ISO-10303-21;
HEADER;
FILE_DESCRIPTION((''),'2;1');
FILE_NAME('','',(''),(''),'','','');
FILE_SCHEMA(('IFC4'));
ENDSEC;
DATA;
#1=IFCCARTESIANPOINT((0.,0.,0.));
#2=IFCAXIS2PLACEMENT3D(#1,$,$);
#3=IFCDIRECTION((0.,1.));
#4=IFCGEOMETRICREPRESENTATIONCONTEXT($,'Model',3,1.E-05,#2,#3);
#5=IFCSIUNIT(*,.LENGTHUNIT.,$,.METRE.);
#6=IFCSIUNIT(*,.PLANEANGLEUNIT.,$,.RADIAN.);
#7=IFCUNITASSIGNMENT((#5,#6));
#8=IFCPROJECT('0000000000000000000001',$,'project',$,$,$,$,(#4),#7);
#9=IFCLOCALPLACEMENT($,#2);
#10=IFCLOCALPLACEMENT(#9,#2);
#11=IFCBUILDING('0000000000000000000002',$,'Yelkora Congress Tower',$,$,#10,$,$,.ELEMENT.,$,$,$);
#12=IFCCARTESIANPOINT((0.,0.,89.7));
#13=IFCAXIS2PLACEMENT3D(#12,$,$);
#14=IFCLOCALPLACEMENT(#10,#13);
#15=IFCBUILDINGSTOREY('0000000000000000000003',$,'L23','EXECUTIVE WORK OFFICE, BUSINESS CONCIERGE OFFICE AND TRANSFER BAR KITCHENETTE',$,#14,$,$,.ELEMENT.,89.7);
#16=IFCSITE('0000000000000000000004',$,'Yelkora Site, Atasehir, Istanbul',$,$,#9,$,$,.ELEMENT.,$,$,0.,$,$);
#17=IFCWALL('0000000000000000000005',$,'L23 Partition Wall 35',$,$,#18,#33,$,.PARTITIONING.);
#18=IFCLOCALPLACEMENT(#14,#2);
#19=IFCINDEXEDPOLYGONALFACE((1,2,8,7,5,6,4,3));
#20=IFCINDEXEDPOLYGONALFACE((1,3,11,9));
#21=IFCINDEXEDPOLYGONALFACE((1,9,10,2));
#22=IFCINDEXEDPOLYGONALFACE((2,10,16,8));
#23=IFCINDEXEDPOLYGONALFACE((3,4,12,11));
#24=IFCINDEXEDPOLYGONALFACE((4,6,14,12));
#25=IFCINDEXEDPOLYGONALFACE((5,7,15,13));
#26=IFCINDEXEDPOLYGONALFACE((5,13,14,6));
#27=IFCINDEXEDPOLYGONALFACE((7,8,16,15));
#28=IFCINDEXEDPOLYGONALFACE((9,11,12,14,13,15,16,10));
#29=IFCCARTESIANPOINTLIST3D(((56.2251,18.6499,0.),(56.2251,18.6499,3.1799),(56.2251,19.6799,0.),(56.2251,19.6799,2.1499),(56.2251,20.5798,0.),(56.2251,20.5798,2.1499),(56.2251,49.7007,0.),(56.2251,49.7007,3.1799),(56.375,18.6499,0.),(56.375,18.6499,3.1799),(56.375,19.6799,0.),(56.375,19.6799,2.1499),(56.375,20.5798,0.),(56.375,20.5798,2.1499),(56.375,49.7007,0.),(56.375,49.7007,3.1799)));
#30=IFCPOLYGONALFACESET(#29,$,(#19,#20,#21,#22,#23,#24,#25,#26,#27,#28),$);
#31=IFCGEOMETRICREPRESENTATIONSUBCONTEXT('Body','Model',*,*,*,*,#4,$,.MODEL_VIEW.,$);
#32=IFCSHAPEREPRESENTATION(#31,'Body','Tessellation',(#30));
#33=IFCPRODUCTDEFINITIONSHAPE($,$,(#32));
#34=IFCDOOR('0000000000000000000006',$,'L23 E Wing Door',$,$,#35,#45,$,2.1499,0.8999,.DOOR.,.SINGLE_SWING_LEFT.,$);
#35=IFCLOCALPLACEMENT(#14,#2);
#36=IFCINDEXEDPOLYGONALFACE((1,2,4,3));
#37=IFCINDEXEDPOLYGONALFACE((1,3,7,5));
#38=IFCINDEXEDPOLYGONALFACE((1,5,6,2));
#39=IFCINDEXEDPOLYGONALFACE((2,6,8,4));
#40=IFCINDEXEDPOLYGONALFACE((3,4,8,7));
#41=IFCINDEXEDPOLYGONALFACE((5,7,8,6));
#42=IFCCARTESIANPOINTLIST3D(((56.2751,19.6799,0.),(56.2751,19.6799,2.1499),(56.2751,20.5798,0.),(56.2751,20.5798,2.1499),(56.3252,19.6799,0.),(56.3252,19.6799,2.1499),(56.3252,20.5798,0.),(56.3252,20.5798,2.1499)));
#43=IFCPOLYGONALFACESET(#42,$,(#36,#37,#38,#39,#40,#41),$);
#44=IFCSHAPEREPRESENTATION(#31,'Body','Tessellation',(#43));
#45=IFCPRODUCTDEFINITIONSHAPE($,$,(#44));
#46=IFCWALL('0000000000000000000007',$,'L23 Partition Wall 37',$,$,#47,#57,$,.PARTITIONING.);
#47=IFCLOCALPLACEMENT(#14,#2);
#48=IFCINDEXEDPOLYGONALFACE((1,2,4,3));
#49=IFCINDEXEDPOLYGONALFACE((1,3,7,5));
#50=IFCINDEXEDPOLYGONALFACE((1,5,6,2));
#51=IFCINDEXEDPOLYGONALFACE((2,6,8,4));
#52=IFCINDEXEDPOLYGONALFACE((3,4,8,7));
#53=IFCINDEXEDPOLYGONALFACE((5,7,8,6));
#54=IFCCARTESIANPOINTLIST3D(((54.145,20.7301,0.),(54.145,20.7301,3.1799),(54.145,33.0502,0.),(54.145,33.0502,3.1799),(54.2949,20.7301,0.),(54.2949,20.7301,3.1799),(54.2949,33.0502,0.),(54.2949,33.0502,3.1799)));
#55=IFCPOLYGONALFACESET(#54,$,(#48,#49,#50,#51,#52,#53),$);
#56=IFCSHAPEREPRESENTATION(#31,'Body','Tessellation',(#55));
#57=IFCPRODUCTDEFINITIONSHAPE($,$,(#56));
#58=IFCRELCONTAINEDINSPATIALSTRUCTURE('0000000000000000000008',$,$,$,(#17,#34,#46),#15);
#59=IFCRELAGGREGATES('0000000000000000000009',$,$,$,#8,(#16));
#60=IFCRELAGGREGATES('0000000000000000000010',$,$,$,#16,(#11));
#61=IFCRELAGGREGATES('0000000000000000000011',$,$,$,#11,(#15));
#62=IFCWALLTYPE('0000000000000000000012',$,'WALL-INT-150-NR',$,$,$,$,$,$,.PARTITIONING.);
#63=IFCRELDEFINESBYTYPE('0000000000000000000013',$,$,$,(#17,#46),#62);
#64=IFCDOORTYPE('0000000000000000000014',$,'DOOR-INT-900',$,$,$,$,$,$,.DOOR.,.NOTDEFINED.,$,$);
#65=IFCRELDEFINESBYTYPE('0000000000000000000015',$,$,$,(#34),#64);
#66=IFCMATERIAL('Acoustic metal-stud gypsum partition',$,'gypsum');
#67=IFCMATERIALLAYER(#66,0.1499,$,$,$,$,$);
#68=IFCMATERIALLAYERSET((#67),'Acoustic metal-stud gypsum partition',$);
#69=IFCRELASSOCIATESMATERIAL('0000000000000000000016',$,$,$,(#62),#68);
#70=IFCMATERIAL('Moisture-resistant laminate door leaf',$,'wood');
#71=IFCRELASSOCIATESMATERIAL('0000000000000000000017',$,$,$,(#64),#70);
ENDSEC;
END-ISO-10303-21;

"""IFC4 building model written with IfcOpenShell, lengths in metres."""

from ifc_helpers import new_model, si_unit, direction, frame, frame_2d, origin, place, context, subcontext, project, spatial, rectangle, extrude, material, layer, layer_set, type_object, element, fill, save


model = new_model("IFC4")

# Units and contexts
model_context = context("Model", 3, precision=1e-05, world=origin(), true_north=direction((0.0, 1.0)))
body_context = subcontext(model_context, "Body", "Model", "MODEL_VIEW")
ifc_project = project(units=[si_unit("LENGTHUNIT", "METRE"), si_unit("PLANEANGLEUNIT", "RADIAN")], contexts=[model_context])

# Site, building, storey
site_placement = place(None, origin())
site = spatial("IfcSite", under=ifc_project, at=site_placement, Name="Yelkora Site, Atasehir, Istanbul", CompositionType="ELEMENT", RefElevation=0.0)
building_placement = place(site_placement, origin())
building = spatial("IfcBuilding", under=site, at=building_placement, Name="Yelkora Congress Tower", CompositionType="ELEMENT")
storey_placement = place(building_placement, frame((0.0, 0.0, 89.7)))
storey = spatial("IfcBuildingStorey", under=building, at=storey_placement, Name="L23", Description="EXECUTIVE WORK OFFICE, BUSINESS CONCIERGE OFFICE AND TRANSFER BAR KITCHENETTE", CompositionType="ELEMENT", Elevation=89.7)

# Wall, opening, door
ifc_material_1 = material(Name="Acoustic metal-stud gypsum partition", Category="gypsum")
ifc_layer_1 = layer(ifc_material_1, 0.1499)
ifc_layer_set_1 = layer_set([ifc_layer_1], Name="Acoustic metal-stud gypsum partition")
wall_type_1 = type_object("IfcWallType", Name="WALL-INT-150-NR", PredefinedType="PARTITIONING", material=ifc_layer_set_1)
wall_1_placement = place(storey_placement, frame((56.3, 18.6499, 0.0), z_axis=(0.0, 0.0, 1.0), x_axis=(0.0, 1.0, 0.0)))
wall_1 = element("IfcWall", 1, at=wall_1_placement, inside=storey, type_object=wall_type_1, Name="L23 Partition Wall 35", PredefinedType="PARTITIONING", context=body_context, shape_type="SweptSolid", body=[
    extrude(rectangle(XDim=31.0508, YDim=0.1499, at=frame_2d((15.5254, 0.0))), origin(), (0.0, 0.0, 1.0), 3.1799),
])
opening_1_placement = place(wall_1_placement, frame((1.03, 0.0, 0.0)))
opening_1 = element("IfcOpeningElement", 2, at=opening_1_placement, cuts=wall_1, PredefinedType="OPENING", context=body_context, shape_type="SweptSolid", body=[
    extrude(rectangle(XDim=0.8999, YDim=2.1499, at=frame_2d((0.45, 1.075))), frame((0.0, 0.085, 0.0), z_axis=(0.0, -1.0, 0.0), x_axis=(1.0, 0.0, 0.0)), (0.0, 0.0, 1.0), 0.1699),
])
ifc_material_2 = material(Name="Moisture-resistant laminate door leaf", Category="wood")
door_type_1 = type_object("IfcDoorType", Name="DOOR-INT-900", OperationType="NOTDEFINED", PredefinedType="DOOR", material=ifc_material_2)
door_1_placement = place(opening_1_placement, origin())
door_1 = element("IfcDoor", 3, at=door_1_placement, inside=storey, type_object=door_type_1, Name="L23 E Wing Door", OperationType="SINGLE_SWING_LEFT", OverallHeight=2.1499, OverallWidth=0.8999, PredefinedType="DOOR", context=body_context, shape_type="SweptSolid", body=[
    extrude(rectangle(XDim=0.8999, YDim=2.1499, at=frame_2d((0.45, 1.075))), frame((0.0, 0.0249, 0.0), z_axis=(0.0, -1.0, 0.0), x_axis=(1.0, 0.0, 0.0)), (0.0, 0.0, 1.0), 0.05),
])
fill(opening_1, door_1)

# Wall
wall_2_placement = place(storey_placement, frame((54.22, 20.73, 0.0), z_axis=(0.0, 0.0, 1.0), x_axis=(0.0, 1.0, 0.0)))
element("IfcWall", 4, at=wall_2_placement, inside=storey, type_object=wall_type_1, Name="L23 Partition Wall 37", PredefinedType="PARTITIONING", context=body_context, shape_type="SweptSolid", body=[
    extrude(rectangle(XDim=12.3201, YDim=0.1499, at=frame_2d((6.1602, 0.0))), origin(), (0.0, 0.0, 1.0), 3.1799),
])

save(model, "model.ifc")
